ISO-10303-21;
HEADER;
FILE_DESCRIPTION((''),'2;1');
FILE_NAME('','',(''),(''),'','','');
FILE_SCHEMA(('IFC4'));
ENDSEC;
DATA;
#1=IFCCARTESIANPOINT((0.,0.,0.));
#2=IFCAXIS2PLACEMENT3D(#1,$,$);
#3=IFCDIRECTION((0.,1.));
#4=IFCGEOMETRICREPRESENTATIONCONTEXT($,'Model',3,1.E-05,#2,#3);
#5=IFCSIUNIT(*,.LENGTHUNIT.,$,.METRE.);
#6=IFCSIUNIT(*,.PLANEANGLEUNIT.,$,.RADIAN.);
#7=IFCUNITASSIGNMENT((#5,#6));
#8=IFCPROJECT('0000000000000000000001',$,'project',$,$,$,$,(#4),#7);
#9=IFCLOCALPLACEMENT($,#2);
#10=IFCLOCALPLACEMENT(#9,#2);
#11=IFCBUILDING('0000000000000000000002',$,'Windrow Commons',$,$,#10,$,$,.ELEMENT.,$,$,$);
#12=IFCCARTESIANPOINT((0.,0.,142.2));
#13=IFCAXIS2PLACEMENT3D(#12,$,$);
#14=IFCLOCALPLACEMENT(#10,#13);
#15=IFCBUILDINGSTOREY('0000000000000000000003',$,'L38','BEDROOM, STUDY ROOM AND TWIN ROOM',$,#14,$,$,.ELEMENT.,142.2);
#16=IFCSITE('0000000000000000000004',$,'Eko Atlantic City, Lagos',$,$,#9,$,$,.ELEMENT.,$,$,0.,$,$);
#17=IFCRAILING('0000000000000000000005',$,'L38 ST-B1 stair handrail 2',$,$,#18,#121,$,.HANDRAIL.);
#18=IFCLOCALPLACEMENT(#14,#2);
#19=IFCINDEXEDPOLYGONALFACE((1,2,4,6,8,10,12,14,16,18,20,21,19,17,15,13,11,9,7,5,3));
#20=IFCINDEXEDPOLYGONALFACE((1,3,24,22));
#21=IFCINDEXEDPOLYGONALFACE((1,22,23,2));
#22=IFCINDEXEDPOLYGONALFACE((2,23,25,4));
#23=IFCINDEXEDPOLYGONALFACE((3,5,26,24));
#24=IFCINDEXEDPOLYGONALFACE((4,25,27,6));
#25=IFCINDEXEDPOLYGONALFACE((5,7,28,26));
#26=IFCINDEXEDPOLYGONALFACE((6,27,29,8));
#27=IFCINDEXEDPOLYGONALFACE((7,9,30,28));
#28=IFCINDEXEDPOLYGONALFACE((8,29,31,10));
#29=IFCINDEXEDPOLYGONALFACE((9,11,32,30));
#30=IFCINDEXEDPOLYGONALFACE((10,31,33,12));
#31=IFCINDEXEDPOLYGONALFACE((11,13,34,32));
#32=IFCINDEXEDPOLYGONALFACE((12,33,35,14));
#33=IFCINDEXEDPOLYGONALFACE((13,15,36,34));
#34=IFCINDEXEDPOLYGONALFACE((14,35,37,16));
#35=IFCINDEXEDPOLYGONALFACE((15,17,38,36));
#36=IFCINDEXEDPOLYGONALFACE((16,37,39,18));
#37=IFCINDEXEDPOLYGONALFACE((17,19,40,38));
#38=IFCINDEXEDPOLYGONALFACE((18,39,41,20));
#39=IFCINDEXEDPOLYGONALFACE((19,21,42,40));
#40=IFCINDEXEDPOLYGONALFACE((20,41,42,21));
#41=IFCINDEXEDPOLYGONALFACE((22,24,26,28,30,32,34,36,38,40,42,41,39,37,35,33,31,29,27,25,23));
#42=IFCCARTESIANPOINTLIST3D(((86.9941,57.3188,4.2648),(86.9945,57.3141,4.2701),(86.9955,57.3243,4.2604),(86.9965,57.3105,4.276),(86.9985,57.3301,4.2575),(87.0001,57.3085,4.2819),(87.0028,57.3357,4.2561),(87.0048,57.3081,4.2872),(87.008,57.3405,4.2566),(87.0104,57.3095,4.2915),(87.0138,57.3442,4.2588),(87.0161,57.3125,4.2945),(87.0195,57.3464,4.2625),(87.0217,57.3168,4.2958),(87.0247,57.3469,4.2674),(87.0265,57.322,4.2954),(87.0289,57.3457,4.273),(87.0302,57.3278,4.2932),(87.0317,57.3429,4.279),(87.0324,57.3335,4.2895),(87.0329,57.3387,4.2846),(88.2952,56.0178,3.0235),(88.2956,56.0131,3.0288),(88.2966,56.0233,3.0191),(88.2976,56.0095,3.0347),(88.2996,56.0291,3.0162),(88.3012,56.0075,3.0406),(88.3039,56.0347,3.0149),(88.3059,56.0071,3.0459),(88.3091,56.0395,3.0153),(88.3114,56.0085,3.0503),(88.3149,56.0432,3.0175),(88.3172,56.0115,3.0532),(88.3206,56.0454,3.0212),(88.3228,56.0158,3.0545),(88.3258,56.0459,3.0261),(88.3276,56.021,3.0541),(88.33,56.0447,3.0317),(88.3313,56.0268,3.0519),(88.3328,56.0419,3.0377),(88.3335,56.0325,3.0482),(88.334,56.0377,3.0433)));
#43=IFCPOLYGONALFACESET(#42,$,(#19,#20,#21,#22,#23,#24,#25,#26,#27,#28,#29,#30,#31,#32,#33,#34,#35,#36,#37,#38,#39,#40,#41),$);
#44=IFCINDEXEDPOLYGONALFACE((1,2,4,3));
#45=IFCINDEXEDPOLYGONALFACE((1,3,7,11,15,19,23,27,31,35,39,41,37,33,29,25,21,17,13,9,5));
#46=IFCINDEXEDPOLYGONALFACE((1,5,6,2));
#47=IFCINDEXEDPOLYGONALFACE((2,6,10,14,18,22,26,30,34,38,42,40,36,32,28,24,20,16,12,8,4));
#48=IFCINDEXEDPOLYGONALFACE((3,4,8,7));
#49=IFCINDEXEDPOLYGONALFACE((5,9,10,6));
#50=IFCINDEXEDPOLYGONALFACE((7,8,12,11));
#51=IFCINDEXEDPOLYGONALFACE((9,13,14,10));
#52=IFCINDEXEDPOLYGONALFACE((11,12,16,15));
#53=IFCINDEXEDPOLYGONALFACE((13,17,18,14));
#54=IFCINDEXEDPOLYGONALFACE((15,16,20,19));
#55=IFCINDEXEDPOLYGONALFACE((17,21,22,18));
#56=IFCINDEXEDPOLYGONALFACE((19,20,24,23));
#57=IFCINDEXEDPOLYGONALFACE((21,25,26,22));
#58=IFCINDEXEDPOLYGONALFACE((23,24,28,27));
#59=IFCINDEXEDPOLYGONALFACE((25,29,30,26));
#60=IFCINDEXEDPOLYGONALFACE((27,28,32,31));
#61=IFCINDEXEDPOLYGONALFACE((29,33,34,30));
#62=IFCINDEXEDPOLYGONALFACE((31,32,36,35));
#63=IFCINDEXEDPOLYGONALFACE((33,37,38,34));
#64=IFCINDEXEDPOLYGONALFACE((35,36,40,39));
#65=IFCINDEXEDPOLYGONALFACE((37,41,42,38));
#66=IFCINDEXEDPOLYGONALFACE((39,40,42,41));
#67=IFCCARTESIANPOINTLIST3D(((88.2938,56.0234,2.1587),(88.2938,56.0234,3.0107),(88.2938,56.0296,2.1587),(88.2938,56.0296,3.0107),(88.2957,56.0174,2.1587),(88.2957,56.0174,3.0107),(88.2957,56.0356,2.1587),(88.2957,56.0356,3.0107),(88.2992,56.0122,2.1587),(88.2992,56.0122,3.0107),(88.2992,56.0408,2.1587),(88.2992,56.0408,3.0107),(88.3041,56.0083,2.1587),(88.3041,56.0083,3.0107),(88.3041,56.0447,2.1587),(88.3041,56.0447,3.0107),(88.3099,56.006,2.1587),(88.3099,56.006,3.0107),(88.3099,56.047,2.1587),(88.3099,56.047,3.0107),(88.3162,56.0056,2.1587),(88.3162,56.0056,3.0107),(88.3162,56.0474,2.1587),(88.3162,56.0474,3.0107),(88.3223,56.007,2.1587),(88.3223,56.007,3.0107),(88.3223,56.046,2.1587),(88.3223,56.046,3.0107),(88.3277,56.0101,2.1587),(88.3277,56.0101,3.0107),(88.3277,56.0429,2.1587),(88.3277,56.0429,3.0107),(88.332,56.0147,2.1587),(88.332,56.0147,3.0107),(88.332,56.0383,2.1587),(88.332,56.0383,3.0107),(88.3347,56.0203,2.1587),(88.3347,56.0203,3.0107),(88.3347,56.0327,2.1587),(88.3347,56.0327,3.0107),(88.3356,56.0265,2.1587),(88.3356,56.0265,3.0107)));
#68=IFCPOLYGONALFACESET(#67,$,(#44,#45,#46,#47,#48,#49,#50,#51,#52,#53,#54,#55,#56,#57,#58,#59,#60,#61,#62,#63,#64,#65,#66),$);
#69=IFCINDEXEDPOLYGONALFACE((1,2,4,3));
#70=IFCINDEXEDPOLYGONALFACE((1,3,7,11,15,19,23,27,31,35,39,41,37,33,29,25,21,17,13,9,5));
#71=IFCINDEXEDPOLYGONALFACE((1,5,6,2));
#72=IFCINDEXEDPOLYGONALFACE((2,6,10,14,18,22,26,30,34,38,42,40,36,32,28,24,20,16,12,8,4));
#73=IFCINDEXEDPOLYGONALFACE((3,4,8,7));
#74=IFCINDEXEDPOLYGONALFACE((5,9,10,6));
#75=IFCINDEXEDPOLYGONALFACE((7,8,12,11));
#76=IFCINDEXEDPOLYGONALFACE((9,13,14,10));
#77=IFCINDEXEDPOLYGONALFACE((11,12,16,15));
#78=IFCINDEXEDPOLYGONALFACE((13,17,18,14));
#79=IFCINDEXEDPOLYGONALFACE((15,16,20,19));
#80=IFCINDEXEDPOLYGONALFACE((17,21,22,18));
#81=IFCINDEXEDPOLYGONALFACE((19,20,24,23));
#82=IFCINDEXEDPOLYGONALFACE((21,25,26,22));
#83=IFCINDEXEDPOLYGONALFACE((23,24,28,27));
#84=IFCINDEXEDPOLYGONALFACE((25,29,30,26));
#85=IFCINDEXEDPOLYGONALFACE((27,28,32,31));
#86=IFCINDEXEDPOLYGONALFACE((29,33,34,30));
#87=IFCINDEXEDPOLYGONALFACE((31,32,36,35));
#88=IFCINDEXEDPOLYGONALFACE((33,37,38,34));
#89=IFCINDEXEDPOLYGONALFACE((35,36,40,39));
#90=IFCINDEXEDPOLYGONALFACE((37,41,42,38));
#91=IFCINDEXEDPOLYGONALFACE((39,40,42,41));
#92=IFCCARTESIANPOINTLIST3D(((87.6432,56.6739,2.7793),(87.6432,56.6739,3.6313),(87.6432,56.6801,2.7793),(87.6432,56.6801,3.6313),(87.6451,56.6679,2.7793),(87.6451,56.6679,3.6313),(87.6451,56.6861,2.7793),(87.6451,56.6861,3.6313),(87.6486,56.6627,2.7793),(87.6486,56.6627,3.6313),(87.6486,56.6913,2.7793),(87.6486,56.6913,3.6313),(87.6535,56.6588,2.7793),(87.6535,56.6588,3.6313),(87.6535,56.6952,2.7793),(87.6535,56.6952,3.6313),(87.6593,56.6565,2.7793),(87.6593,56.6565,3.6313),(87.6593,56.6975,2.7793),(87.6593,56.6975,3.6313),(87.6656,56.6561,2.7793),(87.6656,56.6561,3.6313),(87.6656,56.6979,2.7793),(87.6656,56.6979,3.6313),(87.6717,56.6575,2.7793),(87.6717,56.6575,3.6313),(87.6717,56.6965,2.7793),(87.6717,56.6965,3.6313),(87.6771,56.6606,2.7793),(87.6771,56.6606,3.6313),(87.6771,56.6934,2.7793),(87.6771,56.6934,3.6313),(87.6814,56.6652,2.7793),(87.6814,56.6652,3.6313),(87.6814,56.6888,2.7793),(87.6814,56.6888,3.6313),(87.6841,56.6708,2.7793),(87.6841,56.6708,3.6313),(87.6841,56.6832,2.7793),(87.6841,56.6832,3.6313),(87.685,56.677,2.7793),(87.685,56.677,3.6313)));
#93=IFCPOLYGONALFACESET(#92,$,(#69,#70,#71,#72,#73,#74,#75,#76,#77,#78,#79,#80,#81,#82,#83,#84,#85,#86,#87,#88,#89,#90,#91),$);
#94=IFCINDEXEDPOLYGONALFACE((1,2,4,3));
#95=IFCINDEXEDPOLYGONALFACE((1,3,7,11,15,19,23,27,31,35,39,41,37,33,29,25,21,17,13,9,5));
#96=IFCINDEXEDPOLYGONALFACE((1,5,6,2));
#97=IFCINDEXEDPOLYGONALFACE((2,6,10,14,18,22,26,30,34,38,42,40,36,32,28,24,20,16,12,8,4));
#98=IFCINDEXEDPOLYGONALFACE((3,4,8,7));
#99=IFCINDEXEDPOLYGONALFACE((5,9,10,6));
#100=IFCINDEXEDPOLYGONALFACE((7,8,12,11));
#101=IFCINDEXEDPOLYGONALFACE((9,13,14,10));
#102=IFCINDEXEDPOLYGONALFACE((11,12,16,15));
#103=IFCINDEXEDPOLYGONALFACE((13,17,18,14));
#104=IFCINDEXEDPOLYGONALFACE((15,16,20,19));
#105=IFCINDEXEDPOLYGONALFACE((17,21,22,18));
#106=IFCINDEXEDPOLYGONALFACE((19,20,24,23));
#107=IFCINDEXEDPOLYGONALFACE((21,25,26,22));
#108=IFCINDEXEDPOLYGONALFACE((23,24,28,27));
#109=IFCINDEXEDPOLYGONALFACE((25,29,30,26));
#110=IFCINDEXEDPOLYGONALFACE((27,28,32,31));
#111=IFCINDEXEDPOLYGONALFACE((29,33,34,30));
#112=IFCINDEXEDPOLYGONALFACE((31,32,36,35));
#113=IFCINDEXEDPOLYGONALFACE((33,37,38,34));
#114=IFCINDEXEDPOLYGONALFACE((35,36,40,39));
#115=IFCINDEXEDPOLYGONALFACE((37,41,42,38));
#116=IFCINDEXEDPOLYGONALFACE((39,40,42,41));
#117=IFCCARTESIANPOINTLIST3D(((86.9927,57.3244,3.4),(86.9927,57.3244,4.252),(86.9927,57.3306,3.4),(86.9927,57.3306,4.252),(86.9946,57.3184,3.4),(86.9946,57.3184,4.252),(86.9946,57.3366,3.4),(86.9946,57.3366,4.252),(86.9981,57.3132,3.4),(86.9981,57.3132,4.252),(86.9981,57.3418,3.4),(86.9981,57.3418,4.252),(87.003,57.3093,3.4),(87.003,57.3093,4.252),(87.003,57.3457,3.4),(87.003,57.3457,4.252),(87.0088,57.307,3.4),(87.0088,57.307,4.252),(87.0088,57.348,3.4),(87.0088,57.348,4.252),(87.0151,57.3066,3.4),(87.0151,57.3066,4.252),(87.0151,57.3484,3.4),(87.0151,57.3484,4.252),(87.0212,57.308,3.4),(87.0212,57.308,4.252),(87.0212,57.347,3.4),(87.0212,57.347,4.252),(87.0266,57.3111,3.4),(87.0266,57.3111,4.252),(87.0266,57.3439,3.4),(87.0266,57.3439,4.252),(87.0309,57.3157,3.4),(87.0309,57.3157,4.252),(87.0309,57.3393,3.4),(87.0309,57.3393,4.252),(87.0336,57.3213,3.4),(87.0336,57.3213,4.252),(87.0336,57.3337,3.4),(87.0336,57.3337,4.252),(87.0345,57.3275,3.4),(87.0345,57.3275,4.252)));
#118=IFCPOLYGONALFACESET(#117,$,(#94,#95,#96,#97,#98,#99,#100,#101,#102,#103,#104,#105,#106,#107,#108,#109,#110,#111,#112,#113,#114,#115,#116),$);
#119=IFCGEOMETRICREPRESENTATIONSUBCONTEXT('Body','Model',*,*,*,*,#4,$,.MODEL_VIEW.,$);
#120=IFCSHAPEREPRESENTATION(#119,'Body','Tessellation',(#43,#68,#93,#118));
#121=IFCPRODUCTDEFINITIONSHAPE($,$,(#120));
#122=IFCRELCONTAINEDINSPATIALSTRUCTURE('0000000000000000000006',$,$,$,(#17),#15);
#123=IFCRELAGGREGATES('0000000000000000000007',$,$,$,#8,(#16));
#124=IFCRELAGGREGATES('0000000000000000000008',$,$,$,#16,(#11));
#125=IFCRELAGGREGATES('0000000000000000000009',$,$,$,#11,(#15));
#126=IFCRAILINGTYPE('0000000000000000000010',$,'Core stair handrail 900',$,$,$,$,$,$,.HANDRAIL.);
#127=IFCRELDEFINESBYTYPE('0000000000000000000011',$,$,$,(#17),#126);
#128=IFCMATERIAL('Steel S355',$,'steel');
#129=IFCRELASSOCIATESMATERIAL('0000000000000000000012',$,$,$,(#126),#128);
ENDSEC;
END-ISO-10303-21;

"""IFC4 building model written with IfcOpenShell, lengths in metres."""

from ifc_helpers import new_model, si_unit, direction, frame, origin, origin_2d, place, context, subcontext, project, spatial, circle, extrude, material, type_object, element, save


model = new_model("IFC4")

# Units and contexts
model_context = context("Model", 3, precision=1e-05, world=origin(), true_north=direction((0.0, 1.0)))
body_context = subcontext(model_context, "Body", "Model", "MODEL_VIEW")
ifc_project = project(units=[si_unit("LENGTHUNIT", "METRE"), si_unit("PLANEANGLEUNIT", "RADIAN")], contexts=[model_context])

# Site, building, storey
site_placement = place(None, origin())
site = spatial("IfcSite", under=ifc_project, at=site_placement, Name="Eko Atlantic City, Lagos", CompositionType="ELEMENT", RefElevation=0.0)
building_placement = place(site_placement, origin())
building = spatial("IfcBuilding", under=site, at=building_placement, Name="Windrow Commons", CompositionType="ELEMENT")
storey_placement = place(building_placement, frame((0.0, 0.0, 142.2)))
storey = spatial("IfcBuildingStorey", under=building, at=storey_placement, Name="L38", Description="BEDROOM, STUDY ROOM AND TWIN ROOM", CompositionType="ELEMENT", Elevation=142.2)

# Railing
ifc_material_1 = material(Name="Steel S355", Category="steel")
railing_type_1 = type_object("IfcRailingType", Name="Core stair handrail 900", PredefinedType="HANDRAIL", material=ifc_material_1)
railing_1_placement = place(storey_placement, frame((88.3146, 56.0265, 2.1587)))
element("IfcRailing", 1, at=railing_1_placement, inside=storey, type_object=railing_type_1, Name="L38 ST-B1 stair handrail 2", PredefinedType="HANDRAIL", context=body_context, shape_type="SweptSolid", body=[
    extrude(circle(Radius=0.024, at=origin_2d()), frame((0.0, 0.0, 0.876), z_axis=(-0.586207, 0.586162, 0.559264), x_axis=(-0.70708, -0.707134, 0.0)), (0.0, 0.0, 1.0), 2.2195),
    extrude(circle(Radius=0.021, at=origin_2d()), origin(), (0.0, 0.0, 1.0), 0.852),
    extrude(circle(Radius=0.021, at=origin_2d()), frame((-0.6506, 0.6505, 0.6206)), (0.0, 0.0, 1.0), 0.852),
    extrude(circle(Radius=0.021, at=origin_2d()), frame((-1.3011, 1.301, 1.2413)), (0.0, 0.0, 1.0), 0.852),
])

save(model, "model.ifc")
